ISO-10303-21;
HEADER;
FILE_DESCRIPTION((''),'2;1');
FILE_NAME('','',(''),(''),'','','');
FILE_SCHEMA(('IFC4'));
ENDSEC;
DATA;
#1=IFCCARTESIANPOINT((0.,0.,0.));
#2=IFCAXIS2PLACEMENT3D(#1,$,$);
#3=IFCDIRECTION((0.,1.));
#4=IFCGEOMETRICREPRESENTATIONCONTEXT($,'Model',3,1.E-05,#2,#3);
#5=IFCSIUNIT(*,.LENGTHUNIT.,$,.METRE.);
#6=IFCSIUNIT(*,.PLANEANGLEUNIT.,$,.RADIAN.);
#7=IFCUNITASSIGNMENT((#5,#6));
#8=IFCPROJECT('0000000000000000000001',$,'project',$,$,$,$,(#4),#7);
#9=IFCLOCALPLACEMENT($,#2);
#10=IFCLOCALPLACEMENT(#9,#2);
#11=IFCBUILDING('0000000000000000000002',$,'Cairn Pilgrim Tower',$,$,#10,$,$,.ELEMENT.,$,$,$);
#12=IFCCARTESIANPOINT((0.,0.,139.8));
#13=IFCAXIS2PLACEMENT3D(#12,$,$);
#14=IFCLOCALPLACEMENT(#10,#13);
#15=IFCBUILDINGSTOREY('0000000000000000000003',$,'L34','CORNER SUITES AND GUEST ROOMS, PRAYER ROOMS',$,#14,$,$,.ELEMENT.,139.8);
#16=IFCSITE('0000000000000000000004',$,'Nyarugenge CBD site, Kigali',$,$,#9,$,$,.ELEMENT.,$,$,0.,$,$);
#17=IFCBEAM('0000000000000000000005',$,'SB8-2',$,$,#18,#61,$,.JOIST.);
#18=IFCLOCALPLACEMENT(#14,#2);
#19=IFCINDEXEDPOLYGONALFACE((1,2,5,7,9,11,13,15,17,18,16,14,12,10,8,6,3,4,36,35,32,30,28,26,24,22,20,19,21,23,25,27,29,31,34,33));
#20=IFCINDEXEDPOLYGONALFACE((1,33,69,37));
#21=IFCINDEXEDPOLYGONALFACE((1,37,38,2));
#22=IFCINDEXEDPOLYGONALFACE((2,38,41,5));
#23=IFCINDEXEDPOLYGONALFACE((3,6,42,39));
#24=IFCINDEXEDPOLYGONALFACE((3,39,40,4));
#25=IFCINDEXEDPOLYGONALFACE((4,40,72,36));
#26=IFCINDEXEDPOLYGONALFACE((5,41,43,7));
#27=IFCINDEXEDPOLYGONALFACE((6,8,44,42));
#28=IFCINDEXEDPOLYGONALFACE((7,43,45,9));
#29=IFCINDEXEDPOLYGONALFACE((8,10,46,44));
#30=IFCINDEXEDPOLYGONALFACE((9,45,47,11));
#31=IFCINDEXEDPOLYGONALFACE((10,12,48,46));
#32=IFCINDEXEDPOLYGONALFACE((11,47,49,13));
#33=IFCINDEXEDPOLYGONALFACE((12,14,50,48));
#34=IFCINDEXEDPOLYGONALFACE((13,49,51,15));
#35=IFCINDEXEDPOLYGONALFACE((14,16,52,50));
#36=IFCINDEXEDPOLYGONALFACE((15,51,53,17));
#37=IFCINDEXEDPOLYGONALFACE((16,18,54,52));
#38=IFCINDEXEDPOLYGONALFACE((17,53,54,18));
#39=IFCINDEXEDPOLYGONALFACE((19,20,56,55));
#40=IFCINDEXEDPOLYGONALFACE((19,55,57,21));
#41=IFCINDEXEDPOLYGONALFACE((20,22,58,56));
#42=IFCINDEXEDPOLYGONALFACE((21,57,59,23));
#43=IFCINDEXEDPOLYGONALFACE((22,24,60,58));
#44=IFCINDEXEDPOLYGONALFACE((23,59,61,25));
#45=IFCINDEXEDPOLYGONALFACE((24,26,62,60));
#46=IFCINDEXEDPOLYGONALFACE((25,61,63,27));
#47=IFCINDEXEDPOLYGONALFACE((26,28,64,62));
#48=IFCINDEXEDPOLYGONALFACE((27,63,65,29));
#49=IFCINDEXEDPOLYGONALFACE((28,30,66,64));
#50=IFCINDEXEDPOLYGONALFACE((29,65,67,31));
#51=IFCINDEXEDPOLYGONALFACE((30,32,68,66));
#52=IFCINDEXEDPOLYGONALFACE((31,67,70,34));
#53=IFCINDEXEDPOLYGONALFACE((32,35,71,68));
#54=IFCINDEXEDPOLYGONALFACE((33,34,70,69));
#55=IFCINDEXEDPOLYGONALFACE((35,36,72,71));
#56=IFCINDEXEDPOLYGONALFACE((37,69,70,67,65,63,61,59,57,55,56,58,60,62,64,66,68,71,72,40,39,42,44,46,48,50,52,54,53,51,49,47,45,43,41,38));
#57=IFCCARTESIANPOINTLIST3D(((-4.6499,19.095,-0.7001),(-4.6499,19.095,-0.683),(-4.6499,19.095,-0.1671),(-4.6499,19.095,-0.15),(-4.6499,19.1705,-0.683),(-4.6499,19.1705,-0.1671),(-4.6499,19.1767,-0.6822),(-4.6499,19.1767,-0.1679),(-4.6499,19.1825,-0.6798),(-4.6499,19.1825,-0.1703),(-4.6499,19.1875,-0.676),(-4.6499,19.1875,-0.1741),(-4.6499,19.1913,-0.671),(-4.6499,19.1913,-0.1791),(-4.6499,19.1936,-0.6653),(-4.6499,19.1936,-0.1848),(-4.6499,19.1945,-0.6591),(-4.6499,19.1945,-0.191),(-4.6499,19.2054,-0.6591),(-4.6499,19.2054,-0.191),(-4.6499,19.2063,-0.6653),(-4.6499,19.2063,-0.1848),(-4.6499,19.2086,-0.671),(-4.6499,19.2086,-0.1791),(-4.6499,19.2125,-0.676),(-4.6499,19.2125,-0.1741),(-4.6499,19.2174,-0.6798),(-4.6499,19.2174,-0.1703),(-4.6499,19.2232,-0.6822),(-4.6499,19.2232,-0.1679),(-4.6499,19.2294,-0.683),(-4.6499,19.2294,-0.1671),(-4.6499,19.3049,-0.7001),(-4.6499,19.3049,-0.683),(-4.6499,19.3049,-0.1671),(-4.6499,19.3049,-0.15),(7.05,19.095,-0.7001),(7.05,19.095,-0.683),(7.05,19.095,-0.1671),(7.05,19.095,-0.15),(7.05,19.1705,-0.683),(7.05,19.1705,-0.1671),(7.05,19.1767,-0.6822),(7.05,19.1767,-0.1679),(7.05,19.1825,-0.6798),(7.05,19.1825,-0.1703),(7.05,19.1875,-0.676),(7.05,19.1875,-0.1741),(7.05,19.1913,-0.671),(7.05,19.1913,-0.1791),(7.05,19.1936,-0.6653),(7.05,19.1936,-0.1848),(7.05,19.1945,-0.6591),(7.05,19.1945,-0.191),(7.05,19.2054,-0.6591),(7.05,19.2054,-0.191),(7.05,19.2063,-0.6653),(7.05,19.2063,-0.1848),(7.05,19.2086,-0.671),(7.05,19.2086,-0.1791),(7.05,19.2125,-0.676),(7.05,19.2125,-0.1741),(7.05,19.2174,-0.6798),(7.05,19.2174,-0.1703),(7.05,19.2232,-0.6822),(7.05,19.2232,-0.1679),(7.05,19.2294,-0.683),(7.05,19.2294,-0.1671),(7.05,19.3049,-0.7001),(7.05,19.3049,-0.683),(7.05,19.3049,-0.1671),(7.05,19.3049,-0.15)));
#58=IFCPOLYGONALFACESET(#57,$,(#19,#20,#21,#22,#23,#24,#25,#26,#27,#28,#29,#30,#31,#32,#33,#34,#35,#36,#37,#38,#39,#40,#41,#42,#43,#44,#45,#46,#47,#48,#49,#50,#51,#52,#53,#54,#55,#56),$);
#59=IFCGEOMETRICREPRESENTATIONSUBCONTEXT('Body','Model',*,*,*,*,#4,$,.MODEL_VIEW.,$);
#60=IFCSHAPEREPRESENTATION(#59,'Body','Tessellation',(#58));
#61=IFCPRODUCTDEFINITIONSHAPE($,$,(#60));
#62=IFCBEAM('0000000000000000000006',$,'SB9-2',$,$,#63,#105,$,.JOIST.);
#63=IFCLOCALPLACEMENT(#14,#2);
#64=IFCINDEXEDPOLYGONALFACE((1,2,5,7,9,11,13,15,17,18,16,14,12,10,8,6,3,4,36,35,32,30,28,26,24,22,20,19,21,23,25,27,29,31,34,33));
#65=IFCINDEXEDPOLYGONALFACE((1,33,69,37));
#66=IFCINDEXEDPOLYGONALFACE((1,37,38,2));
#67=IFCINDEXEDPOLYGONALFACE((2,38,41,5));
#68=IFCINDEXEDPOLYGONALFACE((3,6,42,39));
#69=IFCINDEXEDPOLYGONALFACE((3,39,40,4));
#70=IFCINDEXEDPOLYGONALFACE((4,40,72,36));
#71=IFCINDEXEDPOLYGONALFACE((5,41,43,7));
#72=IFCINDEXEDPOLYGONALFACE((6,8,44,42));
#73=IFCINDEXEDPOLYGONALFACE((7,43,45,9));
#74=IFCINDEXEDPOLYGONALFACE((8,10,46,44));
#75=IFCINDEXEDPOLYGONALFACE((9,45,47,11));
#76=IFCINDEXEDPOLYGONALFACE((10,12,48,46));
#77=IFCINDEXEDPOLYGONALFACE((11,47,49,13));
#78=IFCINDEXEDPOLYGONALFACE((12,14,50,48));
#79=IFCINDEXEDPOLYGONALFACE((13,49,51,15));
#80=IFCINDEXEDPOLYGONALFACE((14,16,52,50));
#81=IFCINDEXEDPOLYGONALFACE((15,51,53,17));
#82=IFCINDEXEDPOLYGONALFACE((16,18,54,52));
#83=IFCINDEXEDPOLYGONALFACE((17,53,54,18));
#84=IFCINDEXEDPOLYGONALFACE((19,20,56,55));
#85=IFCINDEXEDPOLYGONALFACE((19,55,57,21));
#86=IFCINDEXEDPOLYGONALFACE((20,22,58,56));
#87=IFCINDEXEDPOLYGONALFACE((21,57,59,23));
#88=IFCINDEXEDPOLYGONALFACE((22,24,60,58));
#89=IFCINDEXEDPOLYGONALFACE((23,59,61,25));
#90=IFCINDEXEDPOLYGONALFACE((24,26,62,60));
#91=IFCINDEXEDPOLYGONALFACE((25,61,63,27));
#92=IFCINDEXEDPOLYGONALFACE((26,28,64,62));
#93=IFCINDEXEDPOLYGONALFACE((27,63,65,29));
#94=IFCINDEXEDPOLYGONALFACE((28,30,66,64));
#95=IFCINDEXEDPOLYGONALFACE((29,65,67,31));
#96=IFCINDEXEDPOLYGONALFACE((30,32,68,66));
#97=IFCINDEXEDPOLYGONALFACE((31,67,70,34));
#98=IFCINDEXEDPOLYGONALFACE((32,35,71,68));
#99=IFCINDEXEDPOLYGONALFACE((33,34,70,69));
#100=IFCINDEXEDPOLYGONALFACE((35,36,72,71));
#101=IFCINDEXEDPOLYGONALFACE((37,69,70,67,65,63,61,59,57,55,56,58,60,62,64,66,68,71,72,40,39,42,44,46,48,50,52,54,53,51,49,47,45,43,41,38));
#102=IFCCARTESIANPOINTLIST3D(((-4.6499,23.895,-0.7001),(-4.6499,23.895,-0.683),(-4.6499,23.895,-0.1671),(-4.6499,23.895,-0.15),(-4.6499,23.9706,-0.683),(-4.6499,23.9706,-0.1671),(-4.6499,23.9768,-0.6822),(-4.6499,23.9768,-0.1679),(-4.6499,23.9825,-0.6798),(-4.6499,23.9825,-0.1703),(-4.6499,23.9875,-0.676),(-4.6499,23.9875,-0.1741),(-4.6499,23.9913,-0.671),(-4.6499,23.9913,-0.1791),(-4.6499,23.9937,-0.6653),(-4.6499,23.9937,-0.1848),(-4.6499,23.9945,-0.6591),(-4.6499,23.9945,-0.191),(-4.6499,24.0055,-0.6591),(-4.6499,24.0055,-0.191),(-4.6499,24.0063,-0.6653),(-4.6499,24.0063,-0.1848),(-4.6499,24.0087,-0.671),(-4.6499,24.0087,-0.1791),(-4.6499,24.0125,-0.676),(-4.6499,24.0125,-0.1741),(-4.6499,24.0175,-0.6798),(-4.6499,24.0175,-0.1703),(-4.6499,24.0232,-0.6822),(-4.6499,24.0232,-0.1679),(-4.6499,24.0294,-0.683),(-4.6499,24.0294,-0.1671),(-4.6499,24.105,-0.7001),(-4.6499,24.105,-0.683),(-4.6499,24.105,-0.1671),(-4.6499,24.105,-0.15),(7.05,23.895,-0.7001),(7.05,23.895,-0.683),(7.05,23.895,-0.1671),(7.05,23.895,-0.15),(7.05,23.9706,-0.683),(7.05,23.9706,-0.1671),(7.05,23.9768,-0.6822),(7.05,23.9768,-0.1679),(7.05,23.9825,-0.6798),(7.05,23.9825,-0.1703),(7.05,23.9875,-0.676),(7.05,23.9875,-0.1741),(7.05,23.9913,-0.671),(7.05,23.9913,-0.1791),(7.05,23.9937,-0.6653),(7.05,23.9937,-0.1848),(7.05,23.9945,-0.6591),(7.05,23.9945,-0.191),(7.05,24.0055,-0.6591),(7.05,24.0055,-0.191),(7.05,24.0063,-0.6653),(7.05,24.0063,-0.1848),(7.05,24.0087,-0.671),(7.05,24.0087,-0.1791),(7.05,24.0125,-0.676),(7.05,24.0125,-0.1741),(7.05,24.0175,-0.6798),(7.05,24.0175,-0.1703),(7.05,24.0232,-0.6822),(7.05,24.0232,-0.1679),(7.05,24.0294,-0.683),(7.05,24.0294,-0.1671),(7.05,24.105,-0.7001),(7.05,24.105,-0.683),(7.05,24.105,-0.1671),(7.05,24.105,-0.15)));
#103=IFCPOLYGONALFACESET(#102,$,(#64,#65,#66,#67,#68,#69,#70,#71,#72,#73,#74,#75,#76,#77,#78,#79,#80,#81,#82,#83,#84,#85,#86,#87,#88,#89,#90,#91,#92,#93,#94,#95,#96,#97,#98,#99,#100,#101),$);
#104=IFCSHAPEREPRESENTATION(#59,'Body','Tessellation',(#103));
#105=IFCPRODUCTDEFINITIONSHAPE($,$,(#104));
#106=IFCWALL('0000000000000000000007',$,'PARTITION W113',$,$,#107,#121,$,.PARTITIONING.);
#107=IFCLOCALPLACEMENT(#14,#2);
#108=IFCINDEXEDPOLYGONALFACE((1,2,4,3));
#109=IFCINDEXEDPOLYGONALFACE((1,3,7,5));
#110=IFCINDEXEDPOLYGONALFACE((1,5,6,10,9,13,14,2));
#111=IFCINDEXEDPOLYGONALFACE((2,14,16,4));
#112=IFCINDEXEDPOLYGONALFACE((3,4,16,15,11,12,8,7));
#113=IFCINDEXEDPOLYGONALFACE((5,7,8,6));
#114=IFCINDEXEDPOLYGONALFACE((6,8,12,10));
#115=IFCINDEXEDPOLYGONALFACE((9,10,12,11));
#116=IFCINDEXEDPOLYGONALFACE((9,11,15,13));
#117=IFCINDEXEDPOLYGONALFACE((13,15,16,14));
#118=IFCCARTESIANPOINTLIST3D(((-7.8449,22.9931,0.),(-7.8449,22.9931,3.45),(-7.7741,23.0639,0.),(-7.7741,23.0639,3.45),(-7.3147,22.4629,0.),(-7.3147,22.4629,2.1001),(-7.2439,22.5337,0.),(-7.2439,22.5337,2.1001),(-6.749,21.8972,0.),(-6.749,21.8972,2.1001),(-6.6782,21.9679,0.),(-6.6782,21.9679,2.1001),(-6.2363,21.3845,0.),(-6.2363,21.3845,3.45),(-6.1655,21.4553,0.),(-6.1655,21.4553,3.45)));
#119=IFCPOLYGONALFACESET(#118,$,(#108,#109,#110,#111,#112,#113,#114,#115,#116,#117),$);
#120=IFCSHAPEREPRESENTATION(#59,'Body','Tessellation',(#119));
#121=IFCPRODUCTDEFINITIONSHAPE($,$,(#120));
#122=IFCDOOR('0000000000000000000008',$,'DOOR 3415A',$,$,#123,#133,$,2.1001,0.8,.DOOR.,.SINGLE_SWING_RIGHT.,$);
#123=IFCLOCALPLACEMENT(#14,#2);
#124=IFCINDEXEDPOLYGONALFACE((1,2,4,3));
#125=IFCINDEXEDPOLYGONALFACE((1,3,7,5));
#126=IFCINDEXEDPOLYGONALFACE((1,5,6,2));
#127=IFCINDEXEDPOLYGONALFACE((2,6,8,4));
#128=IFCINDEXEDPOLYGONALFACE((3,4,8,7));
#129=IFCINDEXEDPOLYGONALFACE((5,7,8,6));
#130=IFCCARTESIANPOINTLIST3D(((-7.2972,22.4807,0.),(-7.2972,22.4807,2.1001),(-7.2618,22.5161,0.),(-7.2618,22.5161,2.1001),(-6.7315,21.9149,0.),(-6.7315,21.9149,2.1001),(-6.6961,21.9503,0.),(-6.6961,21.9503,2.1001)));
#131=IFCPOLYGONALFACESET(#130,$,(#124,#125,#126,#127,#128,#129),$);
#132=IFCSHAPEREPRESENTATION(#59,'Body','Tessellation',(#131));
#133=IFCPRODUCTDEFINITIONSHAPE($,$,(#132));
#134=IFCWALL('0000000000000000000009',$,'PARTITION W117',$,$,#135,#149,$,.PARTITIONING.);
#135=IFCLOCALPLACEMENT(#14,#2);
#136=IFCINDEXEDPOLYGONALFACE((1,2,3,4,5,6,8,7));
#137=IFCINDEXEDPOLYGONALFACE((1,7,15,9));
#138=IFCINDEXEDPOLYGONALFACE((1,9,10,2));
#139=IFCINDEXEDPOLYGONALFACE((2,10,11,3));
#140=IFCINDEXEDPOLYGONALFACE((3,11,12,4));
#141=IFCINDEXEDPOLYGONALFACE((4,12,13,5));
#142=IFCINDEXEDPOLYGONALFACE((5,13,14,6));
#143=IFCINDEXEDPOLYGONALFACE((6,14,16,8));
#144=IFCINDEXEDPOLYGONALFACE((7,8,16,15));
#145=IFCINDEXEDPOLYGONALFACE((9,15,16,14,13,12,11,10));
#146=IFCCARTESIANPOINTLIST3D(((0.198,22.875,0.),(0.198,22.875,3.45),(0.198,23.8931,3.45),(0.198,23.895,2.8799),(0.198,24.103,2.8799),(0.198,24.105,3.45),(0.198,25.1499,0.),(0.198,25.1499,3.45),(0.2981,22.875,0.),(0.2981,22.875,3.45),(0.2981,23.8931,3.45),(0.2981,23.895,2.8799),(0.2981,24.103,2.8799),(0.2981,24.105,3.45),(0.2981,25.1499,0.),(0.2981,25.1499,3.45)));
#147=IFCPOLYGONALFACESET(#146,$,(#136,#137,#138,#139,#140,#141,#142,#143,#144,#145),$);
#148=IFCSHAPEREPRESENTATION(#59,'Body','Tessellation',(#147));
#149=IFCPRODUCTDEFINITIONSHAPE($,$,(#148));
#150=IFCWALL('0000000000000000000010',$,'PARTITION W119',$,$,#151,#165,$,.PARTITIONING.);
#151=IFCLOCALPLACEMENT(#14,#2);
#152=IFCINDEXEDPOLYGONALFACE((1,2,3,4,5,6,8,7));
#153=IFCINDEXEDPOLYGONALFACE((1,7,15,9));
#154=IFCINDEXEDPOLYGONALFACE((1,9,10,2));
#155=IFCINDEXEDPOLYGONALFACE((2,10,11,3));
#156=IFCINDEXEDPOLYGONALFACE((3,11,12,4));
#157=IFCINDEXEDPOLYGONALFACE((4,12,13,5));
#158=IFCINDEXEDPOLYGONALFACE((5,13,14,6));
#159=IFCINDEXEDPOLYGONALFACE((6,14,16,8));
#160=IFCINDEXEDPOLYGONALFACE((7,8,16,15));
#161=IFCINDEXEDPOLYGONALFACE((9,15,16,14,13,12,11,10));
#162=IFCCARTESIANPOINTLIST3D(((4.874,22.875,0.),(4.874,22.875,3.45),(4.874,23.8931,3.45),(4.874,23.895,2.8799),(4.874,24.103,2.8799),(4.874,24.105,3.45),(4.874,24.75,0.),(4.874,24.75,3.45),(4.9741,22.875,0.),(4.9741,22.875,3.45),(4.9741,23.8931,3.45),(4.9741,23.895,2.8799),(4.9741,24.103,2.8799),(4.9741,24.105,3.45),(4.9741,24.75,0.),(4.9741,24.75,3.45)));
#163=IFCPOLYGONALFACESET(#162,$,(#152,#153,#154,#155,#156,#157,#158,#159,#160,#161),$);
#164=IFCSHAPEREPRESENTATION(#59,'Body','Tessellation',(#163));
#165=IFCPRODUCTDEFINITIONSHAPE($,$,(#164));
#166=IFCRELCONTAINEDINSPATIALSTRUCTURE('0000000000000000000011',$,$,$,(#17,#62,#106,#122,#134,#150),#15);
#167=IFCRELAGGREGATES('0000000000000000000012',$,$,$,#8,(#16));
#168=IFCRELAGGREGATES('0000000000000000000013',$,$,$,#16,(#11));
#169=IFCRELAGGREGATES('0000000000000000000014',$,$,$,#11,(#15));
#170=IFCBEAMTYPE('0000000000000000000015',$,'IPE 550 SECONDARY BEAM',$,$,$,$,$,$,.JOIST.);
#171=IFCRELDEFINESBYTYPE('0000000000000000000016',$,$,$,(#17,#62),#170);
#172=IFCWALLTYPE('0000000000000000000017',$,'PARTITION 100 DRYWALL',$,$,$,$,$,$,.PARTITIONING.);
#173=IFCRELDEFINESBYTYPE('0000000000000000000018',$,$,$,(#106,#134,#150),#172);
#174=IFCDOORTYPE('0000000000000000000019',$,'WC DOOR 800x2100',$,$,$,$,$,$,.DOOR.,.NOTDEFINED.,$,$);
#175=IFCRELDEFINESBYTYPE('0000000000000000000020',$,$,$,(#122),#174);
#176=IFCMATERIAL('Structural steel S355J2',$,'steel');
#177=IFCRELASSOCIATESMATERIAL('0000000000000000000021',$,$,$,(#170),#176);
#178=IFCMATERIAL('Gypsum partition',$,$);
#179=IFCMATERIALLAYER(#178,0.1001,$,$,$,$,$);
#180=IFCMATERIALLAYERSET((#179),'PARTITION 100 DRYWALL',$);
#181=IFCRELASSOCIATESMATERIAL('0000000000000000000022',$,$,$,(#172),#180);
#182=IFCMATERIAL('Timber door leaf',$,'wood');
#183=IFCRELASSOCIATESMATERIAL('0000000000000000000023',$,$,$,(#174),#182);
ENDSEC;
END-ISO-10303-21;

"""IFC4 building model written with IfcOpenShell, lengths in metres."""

from ifc_helpers import new_model, si_unit, direction, frame, frame_2d, origin, origin_2d, place, context, subcontext, project, spatial, polyline, rectangle, i_section, outline, extrude, material, layer, layer_set, material_profile, profile_set, type_object, element, fill, save


model = new_model("IFC4")

# Units and contexts
model_context = context("Model", 3, precision=1e-05, world=origin(), true_north=direction((0.0, 1.0)))
body_context = subcontext(model_context, "Body", "Model", "MODEL_VIEW")
ifc_project = project(units=[si_unit("LENGTHUNIT", "METRE"), si_unit("PLANEANGLEUNIT", "RADIAN")], contexts=[model_context])

# Site, building, storey
site_placement = place(None, origin())
site = spatial("IfcSite", under=ifc_project, at=site_placement, Name="Nyarugenge CBD site, Kigali", CompositionType="ELEMENT", RefElevation=0.0)
building_placement = place(site_placement, origin())
building = spatial("IfcBuilding", under=site, at=building_placement, Name="Cairn Pilgrim Tower", CompositionType="ELEMENT")
storey_placement = place(building_placement, frame((0.0, 0.0, 139.8)))
storey = spatial("IfcBuildingStorey", under=building, at=storey_placement, Name="L34", Description="CORNER SUITES AND GUEST ROOMS, PRAYER ROOMS", CompositionType="ELEMENT", Elevation=139.8)

# Beams
ifc_material_1 = material(Name="Structural steel S355J2", Category="steel")
ifc_material_profile = material_profile(ifc_material_1, i_section(OverallWidth=0.21, OverallDepth=0.55, WebThickness=0.011, FlangeThickness=0.0171, FilletRadius=0.0239, at=origin_2d()), Name="IPE 550")
ifc_profile_set = profile_set([ifc_material_profile], Name="Structural steel S355J2")
beam_type = type_object("IfcBeamType", Name="IPE 550 SECONDARY BEAM", PredefinedType="JOIST", material=ifc_profile_set)
for number, where, z_axis, x_axis, name in (
    (1, (-4.6499, 19.2, -0.425), (1.0, 0.0, 0.0), (0.0, 1.0, 0.0), "SB8-2"),
    (2, (-4.6499, 24.0, -0.425), (1.0, 0.0, 0.0), (0.0, 1.0, 0.0), "SB9-2"),
):
    element("IfcBeam", number, at=place(storey_placement, frame(where, z_axis=z_axis, x_axis=x_axis)), inside=storey, type_object=beam_type, Name=name, PredefinedType="JOIST", context=body_context, shape_type="SweptSolid", body=[
        extrude(i_section(OverallWidth=0.21, OverallDepth=0.55, WebThickness=0.011, FlangeThickness=0.0171, FilletRadius=0.0239, at=origin_2d()), origin(), (0.0, 0.0, 1.0), 11.7),
    ])

# Wall, opening, door
ifc_material_2 = material(Name="Gypsum partition")
ifc_layer_1 = layer(ifc_material_2, 0.1001)
ifc_layer_set_1 = layer_set([ifc_layer_1], Name="PARTITION 100 DRYWALL")
wall_type_1 = type_object("IfcWallType", Name="PARTITION 100 DRYWALL", PredefinedType="PARTITIONING", material=ifc_layer_set_1)
wall_1_placement = place(storey_placement, frame((-6.2009, 21.4199, 0.0), z_axis=(0.0, 0.0, 1.0), x_axis=(-0.707107, 0.707107, 0.0)))
wall_1 = element("IfcWall", 3, at=wall_1_placement, inside=storey, type_object=wall_type_1, Name="PARTITION W113", PredefinedType="PARTITIONING", context=body_context, shape_type="SweptSolid", body=[
    extrude(rectangle(XDim=2.2749, YDim=0.1001, at=frame_2d((1.1375, 0.0))), origin(), (0.0, 0.0, 1.0), 3.45),
])
opening_1_placement = place(wall_1_placement, frame((0.7251, 0.0, 0.0)))
opening_1 = element("IfcOpeningElement", 4, at=opening_1_placement, cuts=wall_1, PredefinedType="OPENING", context=body_context, shape_type="SweptSolid", body=[
    extrude(rectangle(XDim=0.8, YDim=2.1001, at=frame_2d((0.3999, 1.05))), frame((0.0, 0.0601, 0.0), z_axis=(0.0, -1.0, 0.0), x_axis=(1.0, 0.0, 0.0)), (0.0, 0.0, 1.0), 0.1201),
])
ifc_material_3 = material(Name="Timber door leaf", Category="wood")
door_type_1 = type_object("IfcDoorType", Name="WC DOOR 800x2100", OperationType="NOTDEFINED", PredefinedType="DOOR", material=ifc_material_3)
door_1_placement = place(opening_1_placement, frame((0.8, 0.0, 0.0), z_axis=(0.0, 0.0, 1.0), x_axis=(-1.0, 0.0, 0.0)))
door_1 = element("IfcDoor", 5, at=door_1_placement, inside=storey, type_object=door_type_1, Name="DOOR 3415A", OperationType="SINGLE_SWING_RIGHT", OverallHeight=2.1001, OverallWidth=0.8, PredefinedType="DOOR", context=body_context, shape_type="SweptSolid", body=[
    extrude(rectangle(XDim=0.8, YDim=2.1001, at=frame_2d((0.3999, 1.05))), frame((0.0, 0.0249, 0.0), z_axis=(0.0, -1.0, 0.0), x_axis=(1.0, 0.0, 0.0)), (0.0, 0.0, 1.0), 0.05),
])
fill(opening_1, door_1)

# Walls
wall_2_placement = place(storey_placement, frame((0.248, 22.875, 0.0), z_axis=(0.0, 0.0, 1.0), x_axis=(0.0, 1.0, 0.0)))
element("IfcWall", 6, at=wall_2_placement, inside=storey, type_object=wall_type_1, Name="PARTITION W117", PredefinedType="PARTITIONING", context=body_context, shape_type="SweptSolid", body=[
    extrude(outline(polyline([(0.0, 0.0), (2.2749, 0.0), (2.2749, 3.45), (1.23, 3.45), (1.228, 2.8799), (1.02, 2.8799), (1.0181, 3.45), (0.0, 3.45), (0.0, 0.0)])), frame((0.0, 0.05, 0.0), z_axis=(0.0, -1.0, 0.0), x_axis=(1.0, 0.0, 0.0)), (0.0, 0.0, 1.0), 0.1001),
])
wall_3_placement = place(storey_placement, frame((4.9241, 22.875, 0.0), z_axis=(0.0, 0.0, 1.0), x_axis=(0.0, 1.0, 0.0)))
element("IfcWall", 7, at=wall_3_placement, inside=storey, type_object=wall_type_1, Name="PARTITION W119", PredefinedType="PARTITIONING", context=body_context, shape_type="SweptSolid", body=[
    extrude(outline(polyline([(0.0, 0.0), (1.875, 0.0), (1.875, 3.45), (1.23, 3.45), (1.228, 2.8799), (1.02, 2.8799), (1.0181, 3.45), (0.0, 3.45), (0.0, 0.0)])), frame((0.0, 0.05, 0.0), z_axis=(0.0, -1.0, 0.0), x_axis=(1.0, 0.0, 0.0)), (0.0, 0.0, 1.0), 0.1001),
])

save(model, "model.ifc")
